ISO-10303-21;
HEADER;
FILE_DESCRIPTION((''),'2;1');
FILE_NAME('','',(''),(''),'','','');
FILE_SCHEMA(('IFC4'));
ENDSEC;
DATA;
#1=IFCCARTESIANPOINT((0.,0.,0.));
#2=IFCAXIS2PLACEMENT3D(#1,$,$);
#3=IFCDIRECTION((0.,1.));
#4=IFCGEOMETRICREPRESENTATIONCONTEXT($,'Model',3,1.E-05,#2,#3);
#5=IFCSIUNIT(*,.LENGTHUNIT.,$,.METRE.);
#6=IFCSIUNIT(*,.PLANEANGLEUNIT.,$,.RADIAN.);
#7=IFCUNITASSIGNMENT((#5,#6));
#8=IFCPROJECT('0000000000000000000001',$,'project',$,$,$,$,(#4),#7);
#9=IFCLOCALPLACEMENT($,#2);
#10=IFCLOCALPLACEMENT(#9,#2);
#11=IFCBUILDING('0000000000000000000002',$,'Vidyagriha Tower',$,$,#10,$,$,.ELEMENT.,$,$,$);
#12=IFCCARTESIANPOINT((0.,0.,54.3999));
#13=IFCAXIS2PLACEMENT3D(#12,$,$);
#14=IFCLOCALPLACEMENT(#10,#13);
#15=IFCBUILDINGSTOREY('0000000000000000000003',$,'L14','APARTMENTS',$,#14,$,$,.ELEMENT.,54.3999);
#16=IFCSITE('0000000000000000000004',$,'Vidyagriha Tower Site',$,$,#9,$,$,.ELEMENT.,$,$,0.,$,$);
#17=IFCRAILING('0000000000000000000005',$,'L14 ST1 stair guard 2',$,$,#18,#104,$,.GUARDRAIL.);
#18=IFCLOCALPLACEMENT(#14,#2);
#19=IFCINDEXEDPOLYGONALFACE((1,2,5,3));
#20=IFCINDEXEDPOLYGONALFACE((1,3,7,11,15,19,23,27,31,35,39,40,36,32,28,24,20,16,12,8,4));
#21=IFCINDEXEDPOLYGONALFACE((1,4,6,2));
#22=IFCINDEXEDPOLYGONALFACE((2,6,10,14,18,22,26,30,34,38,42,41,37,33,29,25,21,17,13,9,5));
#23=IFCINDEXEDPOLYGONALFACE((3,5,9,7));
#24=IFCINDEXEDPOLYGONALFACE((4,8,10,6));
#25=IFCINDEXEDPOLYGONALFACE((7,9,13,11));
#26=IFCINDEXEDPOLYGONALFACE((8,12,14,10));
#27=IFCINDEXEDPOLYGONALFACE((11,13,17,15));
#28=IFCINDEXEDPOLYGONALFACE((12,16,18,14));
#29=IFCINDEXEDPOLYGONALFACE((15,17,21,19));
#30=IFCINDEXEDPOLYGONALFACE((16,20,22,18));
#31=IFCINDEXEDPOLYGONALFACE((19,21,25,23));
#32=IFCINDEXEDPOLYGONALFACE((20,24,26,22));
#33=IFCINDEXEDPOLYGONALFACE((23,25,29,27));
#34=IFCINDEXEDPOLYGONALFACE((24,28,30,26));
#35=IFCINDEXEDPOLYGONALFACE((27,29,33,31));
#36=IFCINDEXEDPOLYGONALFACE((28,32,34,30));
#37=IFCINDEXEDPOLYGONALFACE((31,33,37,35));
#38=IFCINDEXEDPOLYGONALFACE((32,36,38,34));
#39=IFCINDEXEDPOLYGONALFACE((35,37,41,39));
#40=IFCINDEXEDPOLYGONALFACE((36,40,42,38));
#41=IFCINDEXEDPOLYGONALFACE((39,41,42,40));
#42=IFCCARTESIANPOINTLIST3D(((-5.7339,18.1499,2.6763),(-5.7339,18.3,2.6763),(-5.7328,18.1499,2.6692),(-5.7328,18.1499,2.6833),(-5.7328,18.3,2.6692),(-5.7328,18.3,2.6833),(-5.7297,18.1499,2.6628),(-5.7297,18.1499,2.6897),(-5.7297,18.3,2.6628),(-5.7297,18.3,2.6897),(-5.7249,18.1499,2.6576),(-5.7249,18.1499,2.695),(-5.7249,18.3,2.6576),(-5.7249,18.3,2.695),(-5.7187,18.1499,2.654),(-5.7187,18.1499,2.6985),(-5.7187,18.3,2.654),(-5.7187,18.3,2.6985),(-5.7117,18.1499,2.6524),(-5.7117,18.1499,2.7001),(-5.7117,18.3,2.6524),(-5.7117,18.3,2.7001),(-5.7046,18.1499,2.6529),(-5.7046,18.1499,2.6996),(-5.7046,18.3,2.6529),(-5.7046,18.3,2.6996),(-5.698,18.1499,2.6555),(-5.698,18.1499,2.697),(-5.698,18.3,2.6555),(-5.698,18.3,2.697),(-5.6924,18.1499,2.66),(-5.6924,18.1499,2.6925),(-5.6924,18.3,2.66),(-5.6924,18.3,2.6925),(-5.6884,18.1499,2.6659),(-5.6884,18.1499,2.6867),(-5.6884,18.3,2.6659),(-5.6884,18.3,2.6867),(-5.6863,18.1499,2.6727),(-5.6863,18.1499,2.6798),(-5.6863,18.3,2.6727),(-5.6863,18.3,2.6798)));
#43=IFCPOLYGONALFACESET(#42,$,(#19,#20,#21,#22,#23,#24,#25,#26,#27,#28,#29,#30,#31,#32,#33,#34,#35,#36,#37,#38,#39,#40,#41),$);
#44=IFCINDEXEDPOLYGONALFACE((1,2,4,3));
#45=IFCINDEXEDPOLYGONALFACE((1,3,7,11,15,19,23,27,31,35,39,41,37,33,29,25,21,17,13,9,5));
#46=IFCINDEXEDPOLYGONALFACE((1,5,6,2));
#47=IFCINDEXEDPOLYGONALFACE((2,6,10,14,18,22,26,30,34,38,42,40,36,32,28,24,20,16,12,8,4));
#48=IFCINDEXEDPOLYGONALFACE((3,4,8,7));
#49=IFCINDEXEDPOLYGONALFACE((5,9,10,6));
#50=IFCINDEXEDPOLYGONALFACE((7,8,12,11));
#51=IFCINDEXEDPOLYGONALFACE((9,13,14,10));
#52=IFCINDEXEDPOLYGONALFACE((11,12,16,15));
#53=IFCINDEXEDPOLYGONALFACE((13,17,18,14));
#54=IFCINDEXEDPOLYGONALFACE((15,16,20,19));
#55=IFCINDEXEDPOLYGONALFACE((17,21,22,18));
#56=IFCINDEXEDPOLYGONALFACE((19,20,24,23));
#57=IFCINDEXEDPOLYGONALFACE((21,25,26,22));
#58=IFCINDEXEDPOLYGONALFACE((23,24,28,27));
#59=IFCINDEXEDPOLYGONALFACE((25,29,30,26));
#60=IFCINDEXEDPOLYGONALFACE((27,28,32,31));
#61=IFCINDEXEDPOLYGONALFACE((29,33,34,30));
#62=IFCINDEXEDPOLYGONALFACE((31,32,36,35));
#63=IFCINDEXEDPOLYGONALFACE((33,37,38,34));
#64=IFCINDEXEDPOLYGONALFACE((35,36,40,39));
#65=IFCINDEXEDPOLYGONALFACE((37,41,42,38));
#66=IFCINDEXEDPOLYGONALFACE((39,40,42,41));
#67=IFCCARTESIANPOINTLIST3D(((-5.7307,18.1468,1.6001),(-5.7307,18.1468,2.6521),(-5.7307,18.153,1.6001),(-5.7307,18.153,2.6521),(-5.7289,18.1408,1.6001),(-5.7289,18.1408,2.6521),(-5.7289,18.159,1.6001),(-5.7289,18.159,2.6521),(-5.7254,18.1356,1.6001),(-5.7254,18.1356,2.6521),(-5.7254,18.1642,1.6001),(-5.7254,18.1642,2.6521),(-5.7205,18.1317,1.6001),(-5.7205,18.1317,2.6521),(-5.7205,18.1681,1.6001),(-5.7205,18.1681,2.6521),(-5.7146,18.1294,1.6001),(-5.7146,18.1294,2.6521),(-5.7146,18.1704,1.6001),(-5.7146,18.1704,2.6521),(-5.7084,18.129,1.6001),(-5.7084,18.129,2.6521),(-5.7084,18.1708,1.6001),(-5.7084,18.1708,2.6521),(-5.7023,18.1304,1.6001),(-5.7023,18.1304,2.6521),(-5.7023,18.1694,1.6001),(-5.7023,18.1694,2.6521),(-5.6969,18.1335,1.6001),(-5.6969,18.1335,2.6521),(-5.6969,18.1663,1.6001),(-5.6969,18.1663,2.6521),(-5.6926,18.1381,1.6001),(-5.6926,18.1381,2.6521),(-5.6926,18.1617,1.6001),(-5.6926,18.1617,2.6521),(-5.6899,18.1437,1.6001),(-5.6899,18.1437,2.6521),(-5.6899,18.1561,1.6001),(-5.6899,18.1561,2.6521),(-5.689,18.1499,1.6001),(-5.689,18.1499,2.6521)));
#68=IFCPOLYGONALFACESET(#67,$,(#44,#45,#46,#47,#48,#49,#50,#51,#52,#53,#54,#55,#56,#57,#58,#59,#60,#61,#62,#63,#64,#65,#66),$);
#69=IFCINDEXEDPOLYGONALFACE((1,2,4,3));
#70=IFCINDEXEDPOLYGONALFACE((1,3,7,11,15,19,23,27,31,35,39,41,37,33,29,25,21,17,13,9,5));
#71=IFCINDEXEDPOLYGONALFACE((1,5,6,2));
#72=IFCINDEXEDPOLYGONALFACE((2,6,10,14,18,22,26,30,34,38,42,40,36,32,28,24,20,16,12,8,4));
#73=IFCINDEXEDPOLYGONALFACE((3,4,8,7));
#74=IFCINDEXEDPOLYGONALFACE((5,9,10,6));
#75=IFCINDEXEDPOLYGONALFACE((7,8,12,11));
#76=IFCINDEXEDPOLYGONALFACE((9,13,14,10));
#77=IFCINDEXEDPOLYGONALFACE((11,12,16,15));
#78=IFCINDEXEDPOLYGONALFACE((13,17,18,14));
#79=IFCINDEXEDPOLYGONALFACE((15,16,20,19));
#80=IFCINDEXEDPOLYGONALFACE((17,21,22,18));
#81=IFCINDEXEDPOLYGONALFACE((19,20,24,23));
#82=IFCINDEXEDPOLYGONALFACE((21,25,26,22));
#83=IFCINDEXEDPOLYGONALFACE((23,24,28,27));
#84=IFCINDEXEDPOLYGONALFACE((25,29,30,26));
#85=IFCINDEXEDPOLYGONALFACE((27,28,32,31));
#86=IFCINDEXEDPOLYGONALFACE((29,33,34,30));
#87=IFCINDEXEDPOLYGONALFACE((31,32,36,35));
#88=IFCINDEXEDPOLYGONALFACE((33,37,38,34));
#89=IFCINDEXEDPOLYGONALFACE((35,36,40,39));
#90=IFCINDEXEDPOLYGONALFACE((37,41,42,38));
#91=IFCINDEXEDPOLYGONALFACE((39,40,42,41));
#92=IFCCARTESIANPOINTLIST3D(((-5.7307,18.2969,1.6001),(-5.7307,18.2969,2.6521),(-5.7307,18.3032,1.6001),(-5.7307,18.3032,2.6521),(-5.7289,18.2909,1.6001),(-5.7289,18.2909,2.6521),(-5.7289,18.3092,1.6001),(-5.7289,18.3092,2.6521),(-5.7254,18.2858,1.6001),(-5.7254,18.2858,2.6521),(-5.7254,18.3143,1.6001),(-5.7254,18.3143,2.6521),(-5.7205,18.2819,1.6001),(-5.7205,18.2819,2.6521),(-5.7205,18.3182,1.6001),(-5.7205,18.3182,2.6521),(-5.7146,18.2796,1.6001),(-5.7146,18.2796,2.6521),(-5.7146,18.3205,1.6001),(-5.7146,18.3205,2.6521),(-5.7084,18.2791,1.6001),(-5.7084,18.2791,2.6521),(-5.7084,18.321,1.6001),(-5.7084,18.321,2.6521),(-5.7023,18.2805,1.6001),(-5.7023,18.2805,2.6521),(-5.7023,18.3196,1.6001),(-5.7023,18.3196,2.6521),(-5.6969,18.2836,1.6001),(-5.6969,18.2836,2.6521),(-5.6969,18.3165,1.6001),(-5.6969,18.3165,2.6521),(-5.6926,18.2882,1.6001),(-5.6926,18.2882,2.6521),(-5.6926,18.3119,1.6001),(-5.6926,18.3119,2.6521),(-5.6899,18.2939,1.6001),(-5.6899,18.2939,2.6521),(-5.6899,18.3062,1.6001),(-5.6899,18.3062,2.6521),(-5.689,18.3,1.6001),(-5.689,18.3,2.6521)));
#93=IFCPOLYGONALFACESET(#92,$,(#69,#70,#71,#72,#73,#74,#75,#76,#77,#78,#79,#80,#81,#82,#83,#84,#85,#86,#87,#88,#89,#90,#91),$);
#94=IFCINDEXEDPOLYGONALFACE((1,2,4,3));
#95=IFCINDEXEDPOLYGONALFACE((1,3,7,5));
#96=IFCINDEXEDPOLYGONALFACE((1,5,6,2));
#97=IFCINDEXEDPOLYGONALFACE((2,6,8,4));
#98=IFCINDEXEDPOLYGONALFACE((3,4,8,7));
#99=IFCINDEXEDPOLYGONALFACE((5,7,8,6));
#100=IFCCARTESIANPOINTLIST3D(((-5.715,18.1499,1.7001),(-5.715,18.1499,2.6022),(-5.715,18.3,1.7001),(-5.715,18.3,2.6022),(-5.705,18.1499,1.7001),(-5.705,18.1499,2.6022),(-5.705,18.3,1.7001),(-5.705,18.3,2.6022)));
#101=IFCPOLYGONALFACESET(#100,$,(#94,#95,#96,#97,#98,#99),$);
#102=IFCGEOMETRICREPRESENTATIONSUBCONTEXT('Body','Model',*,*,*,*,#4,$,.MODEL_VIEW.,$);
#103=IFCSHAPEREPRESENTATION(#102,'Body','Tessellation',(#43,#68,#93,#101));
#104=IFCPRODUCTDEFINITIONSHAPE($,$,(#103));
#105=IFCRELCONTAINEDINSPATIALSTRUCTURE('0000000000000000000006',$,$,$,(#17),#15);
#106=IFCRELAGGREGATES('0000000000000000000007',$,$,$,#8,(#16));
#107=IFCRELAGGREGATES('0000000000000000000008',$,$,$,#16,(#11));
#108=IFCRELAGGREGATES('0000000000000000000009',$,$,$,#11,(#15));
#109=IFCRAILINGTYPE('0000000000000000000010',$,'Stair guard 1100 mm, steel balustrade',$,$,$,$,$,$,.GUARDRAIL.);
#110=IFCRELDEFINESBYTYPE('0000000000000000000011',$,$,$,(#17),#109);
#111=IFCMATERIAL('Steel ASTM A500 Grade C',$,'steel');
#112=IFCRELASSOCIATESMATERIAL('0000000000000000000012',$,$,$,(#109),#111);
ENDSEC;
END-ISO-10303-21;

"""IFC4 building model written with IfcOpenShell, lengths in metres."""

from ifc_helpers import new_model, si_unit, direction, frame, origin, origin_2d, place, context, subcontext, project, spatial, rectangle, circle, extrude, material, type_object, element, save


model = new_model("IFC4")

# Units and contexts
model_context = context("Model", 3, precision=1e-05, world=origin(), true_north=direction((0.0, 1.0)))
body_context = subcontext(model_context, "Body", "Model", "MODEL_VIEW")
ifc_project = project(units=[si_unit("LENGTHUNIT", "METRE"), si_unit("PLANEANGLEUNIT", "RADIAN")], contexts=[model_context])

# Site, building, storey
site_placement = place(None, origin())
site = spatial("IfcSite", under=ifc_project, at=site_placement, Name="Vidyagriha Tower Site", CompositionType="ELEMENT", RefElevation=0.0)
building_placement = place(site_placement, origin())
building = spatial("IfcBuilding", under=site, at=building_placement, Name="Vidyagriha Tower", CompositionType="ELEMENT")
storey_placement = place(building_placement, frame((0.0, 0.0, 54.3999)))
storey = spatial("IfcBuildingStorey", under=building, at=storey_placement, Name="L14", Description="APARTMENTS", CompositionType="ELEMENT", Elevation=54.3999)

# Railing
ifc_material_1 = material(Name="Steel ASTM A500 Grade C", Category="steel")
railing_type_1 = type_object("IfcRailingType", Name="Stair guard 1100 mm, steel balustrade", PredefinedType="GUARDRAIL", material=ifc_material_1)
railing_1_placement = place(storey_placement, frame((-5.71, 18.1499, 1.6001)))
element("IfcRailing", 1, at=railing_1_placement, inside=storey, type_object=railing_type_1, Name="L14 ST1 stair guard 2", PredefinedType="GUARDRAIL", context=body_context, shape_type="SweptSolid", body=[
    extrude(circle(Radius=0.0239, at=origin_2d()), frame((0.0, 0.0, 1.0762), z_axis=(0.0, 1.0, 0.0), x_axis=(-1.0, 0.0, 0.0)), (0.0, 0.0, 1.0), 0.1501),
    extrude(circle(Radius=0.021, at=origin_2d()), origin(), (0.0, 0.0, 1.0), 1.052),
    extrude(circle(Radius=0.021, at=origin_2d()), frame((0.0, 0.1501, 0.0)), (0.0, 0.0, 1.0), 1.052),
    extrude(rectangle(XDim=0.01, YDim=0.9021, at=origin_2d()), frame((0.0, 0.0, 0.551), z_axis=(0.0, 1.0, 0.0), x_axis=(-1.0, 0.0, 0.0)), (0.0, 0.0, 1.0), 0.1501),
])

save(model, "model.ifc")
